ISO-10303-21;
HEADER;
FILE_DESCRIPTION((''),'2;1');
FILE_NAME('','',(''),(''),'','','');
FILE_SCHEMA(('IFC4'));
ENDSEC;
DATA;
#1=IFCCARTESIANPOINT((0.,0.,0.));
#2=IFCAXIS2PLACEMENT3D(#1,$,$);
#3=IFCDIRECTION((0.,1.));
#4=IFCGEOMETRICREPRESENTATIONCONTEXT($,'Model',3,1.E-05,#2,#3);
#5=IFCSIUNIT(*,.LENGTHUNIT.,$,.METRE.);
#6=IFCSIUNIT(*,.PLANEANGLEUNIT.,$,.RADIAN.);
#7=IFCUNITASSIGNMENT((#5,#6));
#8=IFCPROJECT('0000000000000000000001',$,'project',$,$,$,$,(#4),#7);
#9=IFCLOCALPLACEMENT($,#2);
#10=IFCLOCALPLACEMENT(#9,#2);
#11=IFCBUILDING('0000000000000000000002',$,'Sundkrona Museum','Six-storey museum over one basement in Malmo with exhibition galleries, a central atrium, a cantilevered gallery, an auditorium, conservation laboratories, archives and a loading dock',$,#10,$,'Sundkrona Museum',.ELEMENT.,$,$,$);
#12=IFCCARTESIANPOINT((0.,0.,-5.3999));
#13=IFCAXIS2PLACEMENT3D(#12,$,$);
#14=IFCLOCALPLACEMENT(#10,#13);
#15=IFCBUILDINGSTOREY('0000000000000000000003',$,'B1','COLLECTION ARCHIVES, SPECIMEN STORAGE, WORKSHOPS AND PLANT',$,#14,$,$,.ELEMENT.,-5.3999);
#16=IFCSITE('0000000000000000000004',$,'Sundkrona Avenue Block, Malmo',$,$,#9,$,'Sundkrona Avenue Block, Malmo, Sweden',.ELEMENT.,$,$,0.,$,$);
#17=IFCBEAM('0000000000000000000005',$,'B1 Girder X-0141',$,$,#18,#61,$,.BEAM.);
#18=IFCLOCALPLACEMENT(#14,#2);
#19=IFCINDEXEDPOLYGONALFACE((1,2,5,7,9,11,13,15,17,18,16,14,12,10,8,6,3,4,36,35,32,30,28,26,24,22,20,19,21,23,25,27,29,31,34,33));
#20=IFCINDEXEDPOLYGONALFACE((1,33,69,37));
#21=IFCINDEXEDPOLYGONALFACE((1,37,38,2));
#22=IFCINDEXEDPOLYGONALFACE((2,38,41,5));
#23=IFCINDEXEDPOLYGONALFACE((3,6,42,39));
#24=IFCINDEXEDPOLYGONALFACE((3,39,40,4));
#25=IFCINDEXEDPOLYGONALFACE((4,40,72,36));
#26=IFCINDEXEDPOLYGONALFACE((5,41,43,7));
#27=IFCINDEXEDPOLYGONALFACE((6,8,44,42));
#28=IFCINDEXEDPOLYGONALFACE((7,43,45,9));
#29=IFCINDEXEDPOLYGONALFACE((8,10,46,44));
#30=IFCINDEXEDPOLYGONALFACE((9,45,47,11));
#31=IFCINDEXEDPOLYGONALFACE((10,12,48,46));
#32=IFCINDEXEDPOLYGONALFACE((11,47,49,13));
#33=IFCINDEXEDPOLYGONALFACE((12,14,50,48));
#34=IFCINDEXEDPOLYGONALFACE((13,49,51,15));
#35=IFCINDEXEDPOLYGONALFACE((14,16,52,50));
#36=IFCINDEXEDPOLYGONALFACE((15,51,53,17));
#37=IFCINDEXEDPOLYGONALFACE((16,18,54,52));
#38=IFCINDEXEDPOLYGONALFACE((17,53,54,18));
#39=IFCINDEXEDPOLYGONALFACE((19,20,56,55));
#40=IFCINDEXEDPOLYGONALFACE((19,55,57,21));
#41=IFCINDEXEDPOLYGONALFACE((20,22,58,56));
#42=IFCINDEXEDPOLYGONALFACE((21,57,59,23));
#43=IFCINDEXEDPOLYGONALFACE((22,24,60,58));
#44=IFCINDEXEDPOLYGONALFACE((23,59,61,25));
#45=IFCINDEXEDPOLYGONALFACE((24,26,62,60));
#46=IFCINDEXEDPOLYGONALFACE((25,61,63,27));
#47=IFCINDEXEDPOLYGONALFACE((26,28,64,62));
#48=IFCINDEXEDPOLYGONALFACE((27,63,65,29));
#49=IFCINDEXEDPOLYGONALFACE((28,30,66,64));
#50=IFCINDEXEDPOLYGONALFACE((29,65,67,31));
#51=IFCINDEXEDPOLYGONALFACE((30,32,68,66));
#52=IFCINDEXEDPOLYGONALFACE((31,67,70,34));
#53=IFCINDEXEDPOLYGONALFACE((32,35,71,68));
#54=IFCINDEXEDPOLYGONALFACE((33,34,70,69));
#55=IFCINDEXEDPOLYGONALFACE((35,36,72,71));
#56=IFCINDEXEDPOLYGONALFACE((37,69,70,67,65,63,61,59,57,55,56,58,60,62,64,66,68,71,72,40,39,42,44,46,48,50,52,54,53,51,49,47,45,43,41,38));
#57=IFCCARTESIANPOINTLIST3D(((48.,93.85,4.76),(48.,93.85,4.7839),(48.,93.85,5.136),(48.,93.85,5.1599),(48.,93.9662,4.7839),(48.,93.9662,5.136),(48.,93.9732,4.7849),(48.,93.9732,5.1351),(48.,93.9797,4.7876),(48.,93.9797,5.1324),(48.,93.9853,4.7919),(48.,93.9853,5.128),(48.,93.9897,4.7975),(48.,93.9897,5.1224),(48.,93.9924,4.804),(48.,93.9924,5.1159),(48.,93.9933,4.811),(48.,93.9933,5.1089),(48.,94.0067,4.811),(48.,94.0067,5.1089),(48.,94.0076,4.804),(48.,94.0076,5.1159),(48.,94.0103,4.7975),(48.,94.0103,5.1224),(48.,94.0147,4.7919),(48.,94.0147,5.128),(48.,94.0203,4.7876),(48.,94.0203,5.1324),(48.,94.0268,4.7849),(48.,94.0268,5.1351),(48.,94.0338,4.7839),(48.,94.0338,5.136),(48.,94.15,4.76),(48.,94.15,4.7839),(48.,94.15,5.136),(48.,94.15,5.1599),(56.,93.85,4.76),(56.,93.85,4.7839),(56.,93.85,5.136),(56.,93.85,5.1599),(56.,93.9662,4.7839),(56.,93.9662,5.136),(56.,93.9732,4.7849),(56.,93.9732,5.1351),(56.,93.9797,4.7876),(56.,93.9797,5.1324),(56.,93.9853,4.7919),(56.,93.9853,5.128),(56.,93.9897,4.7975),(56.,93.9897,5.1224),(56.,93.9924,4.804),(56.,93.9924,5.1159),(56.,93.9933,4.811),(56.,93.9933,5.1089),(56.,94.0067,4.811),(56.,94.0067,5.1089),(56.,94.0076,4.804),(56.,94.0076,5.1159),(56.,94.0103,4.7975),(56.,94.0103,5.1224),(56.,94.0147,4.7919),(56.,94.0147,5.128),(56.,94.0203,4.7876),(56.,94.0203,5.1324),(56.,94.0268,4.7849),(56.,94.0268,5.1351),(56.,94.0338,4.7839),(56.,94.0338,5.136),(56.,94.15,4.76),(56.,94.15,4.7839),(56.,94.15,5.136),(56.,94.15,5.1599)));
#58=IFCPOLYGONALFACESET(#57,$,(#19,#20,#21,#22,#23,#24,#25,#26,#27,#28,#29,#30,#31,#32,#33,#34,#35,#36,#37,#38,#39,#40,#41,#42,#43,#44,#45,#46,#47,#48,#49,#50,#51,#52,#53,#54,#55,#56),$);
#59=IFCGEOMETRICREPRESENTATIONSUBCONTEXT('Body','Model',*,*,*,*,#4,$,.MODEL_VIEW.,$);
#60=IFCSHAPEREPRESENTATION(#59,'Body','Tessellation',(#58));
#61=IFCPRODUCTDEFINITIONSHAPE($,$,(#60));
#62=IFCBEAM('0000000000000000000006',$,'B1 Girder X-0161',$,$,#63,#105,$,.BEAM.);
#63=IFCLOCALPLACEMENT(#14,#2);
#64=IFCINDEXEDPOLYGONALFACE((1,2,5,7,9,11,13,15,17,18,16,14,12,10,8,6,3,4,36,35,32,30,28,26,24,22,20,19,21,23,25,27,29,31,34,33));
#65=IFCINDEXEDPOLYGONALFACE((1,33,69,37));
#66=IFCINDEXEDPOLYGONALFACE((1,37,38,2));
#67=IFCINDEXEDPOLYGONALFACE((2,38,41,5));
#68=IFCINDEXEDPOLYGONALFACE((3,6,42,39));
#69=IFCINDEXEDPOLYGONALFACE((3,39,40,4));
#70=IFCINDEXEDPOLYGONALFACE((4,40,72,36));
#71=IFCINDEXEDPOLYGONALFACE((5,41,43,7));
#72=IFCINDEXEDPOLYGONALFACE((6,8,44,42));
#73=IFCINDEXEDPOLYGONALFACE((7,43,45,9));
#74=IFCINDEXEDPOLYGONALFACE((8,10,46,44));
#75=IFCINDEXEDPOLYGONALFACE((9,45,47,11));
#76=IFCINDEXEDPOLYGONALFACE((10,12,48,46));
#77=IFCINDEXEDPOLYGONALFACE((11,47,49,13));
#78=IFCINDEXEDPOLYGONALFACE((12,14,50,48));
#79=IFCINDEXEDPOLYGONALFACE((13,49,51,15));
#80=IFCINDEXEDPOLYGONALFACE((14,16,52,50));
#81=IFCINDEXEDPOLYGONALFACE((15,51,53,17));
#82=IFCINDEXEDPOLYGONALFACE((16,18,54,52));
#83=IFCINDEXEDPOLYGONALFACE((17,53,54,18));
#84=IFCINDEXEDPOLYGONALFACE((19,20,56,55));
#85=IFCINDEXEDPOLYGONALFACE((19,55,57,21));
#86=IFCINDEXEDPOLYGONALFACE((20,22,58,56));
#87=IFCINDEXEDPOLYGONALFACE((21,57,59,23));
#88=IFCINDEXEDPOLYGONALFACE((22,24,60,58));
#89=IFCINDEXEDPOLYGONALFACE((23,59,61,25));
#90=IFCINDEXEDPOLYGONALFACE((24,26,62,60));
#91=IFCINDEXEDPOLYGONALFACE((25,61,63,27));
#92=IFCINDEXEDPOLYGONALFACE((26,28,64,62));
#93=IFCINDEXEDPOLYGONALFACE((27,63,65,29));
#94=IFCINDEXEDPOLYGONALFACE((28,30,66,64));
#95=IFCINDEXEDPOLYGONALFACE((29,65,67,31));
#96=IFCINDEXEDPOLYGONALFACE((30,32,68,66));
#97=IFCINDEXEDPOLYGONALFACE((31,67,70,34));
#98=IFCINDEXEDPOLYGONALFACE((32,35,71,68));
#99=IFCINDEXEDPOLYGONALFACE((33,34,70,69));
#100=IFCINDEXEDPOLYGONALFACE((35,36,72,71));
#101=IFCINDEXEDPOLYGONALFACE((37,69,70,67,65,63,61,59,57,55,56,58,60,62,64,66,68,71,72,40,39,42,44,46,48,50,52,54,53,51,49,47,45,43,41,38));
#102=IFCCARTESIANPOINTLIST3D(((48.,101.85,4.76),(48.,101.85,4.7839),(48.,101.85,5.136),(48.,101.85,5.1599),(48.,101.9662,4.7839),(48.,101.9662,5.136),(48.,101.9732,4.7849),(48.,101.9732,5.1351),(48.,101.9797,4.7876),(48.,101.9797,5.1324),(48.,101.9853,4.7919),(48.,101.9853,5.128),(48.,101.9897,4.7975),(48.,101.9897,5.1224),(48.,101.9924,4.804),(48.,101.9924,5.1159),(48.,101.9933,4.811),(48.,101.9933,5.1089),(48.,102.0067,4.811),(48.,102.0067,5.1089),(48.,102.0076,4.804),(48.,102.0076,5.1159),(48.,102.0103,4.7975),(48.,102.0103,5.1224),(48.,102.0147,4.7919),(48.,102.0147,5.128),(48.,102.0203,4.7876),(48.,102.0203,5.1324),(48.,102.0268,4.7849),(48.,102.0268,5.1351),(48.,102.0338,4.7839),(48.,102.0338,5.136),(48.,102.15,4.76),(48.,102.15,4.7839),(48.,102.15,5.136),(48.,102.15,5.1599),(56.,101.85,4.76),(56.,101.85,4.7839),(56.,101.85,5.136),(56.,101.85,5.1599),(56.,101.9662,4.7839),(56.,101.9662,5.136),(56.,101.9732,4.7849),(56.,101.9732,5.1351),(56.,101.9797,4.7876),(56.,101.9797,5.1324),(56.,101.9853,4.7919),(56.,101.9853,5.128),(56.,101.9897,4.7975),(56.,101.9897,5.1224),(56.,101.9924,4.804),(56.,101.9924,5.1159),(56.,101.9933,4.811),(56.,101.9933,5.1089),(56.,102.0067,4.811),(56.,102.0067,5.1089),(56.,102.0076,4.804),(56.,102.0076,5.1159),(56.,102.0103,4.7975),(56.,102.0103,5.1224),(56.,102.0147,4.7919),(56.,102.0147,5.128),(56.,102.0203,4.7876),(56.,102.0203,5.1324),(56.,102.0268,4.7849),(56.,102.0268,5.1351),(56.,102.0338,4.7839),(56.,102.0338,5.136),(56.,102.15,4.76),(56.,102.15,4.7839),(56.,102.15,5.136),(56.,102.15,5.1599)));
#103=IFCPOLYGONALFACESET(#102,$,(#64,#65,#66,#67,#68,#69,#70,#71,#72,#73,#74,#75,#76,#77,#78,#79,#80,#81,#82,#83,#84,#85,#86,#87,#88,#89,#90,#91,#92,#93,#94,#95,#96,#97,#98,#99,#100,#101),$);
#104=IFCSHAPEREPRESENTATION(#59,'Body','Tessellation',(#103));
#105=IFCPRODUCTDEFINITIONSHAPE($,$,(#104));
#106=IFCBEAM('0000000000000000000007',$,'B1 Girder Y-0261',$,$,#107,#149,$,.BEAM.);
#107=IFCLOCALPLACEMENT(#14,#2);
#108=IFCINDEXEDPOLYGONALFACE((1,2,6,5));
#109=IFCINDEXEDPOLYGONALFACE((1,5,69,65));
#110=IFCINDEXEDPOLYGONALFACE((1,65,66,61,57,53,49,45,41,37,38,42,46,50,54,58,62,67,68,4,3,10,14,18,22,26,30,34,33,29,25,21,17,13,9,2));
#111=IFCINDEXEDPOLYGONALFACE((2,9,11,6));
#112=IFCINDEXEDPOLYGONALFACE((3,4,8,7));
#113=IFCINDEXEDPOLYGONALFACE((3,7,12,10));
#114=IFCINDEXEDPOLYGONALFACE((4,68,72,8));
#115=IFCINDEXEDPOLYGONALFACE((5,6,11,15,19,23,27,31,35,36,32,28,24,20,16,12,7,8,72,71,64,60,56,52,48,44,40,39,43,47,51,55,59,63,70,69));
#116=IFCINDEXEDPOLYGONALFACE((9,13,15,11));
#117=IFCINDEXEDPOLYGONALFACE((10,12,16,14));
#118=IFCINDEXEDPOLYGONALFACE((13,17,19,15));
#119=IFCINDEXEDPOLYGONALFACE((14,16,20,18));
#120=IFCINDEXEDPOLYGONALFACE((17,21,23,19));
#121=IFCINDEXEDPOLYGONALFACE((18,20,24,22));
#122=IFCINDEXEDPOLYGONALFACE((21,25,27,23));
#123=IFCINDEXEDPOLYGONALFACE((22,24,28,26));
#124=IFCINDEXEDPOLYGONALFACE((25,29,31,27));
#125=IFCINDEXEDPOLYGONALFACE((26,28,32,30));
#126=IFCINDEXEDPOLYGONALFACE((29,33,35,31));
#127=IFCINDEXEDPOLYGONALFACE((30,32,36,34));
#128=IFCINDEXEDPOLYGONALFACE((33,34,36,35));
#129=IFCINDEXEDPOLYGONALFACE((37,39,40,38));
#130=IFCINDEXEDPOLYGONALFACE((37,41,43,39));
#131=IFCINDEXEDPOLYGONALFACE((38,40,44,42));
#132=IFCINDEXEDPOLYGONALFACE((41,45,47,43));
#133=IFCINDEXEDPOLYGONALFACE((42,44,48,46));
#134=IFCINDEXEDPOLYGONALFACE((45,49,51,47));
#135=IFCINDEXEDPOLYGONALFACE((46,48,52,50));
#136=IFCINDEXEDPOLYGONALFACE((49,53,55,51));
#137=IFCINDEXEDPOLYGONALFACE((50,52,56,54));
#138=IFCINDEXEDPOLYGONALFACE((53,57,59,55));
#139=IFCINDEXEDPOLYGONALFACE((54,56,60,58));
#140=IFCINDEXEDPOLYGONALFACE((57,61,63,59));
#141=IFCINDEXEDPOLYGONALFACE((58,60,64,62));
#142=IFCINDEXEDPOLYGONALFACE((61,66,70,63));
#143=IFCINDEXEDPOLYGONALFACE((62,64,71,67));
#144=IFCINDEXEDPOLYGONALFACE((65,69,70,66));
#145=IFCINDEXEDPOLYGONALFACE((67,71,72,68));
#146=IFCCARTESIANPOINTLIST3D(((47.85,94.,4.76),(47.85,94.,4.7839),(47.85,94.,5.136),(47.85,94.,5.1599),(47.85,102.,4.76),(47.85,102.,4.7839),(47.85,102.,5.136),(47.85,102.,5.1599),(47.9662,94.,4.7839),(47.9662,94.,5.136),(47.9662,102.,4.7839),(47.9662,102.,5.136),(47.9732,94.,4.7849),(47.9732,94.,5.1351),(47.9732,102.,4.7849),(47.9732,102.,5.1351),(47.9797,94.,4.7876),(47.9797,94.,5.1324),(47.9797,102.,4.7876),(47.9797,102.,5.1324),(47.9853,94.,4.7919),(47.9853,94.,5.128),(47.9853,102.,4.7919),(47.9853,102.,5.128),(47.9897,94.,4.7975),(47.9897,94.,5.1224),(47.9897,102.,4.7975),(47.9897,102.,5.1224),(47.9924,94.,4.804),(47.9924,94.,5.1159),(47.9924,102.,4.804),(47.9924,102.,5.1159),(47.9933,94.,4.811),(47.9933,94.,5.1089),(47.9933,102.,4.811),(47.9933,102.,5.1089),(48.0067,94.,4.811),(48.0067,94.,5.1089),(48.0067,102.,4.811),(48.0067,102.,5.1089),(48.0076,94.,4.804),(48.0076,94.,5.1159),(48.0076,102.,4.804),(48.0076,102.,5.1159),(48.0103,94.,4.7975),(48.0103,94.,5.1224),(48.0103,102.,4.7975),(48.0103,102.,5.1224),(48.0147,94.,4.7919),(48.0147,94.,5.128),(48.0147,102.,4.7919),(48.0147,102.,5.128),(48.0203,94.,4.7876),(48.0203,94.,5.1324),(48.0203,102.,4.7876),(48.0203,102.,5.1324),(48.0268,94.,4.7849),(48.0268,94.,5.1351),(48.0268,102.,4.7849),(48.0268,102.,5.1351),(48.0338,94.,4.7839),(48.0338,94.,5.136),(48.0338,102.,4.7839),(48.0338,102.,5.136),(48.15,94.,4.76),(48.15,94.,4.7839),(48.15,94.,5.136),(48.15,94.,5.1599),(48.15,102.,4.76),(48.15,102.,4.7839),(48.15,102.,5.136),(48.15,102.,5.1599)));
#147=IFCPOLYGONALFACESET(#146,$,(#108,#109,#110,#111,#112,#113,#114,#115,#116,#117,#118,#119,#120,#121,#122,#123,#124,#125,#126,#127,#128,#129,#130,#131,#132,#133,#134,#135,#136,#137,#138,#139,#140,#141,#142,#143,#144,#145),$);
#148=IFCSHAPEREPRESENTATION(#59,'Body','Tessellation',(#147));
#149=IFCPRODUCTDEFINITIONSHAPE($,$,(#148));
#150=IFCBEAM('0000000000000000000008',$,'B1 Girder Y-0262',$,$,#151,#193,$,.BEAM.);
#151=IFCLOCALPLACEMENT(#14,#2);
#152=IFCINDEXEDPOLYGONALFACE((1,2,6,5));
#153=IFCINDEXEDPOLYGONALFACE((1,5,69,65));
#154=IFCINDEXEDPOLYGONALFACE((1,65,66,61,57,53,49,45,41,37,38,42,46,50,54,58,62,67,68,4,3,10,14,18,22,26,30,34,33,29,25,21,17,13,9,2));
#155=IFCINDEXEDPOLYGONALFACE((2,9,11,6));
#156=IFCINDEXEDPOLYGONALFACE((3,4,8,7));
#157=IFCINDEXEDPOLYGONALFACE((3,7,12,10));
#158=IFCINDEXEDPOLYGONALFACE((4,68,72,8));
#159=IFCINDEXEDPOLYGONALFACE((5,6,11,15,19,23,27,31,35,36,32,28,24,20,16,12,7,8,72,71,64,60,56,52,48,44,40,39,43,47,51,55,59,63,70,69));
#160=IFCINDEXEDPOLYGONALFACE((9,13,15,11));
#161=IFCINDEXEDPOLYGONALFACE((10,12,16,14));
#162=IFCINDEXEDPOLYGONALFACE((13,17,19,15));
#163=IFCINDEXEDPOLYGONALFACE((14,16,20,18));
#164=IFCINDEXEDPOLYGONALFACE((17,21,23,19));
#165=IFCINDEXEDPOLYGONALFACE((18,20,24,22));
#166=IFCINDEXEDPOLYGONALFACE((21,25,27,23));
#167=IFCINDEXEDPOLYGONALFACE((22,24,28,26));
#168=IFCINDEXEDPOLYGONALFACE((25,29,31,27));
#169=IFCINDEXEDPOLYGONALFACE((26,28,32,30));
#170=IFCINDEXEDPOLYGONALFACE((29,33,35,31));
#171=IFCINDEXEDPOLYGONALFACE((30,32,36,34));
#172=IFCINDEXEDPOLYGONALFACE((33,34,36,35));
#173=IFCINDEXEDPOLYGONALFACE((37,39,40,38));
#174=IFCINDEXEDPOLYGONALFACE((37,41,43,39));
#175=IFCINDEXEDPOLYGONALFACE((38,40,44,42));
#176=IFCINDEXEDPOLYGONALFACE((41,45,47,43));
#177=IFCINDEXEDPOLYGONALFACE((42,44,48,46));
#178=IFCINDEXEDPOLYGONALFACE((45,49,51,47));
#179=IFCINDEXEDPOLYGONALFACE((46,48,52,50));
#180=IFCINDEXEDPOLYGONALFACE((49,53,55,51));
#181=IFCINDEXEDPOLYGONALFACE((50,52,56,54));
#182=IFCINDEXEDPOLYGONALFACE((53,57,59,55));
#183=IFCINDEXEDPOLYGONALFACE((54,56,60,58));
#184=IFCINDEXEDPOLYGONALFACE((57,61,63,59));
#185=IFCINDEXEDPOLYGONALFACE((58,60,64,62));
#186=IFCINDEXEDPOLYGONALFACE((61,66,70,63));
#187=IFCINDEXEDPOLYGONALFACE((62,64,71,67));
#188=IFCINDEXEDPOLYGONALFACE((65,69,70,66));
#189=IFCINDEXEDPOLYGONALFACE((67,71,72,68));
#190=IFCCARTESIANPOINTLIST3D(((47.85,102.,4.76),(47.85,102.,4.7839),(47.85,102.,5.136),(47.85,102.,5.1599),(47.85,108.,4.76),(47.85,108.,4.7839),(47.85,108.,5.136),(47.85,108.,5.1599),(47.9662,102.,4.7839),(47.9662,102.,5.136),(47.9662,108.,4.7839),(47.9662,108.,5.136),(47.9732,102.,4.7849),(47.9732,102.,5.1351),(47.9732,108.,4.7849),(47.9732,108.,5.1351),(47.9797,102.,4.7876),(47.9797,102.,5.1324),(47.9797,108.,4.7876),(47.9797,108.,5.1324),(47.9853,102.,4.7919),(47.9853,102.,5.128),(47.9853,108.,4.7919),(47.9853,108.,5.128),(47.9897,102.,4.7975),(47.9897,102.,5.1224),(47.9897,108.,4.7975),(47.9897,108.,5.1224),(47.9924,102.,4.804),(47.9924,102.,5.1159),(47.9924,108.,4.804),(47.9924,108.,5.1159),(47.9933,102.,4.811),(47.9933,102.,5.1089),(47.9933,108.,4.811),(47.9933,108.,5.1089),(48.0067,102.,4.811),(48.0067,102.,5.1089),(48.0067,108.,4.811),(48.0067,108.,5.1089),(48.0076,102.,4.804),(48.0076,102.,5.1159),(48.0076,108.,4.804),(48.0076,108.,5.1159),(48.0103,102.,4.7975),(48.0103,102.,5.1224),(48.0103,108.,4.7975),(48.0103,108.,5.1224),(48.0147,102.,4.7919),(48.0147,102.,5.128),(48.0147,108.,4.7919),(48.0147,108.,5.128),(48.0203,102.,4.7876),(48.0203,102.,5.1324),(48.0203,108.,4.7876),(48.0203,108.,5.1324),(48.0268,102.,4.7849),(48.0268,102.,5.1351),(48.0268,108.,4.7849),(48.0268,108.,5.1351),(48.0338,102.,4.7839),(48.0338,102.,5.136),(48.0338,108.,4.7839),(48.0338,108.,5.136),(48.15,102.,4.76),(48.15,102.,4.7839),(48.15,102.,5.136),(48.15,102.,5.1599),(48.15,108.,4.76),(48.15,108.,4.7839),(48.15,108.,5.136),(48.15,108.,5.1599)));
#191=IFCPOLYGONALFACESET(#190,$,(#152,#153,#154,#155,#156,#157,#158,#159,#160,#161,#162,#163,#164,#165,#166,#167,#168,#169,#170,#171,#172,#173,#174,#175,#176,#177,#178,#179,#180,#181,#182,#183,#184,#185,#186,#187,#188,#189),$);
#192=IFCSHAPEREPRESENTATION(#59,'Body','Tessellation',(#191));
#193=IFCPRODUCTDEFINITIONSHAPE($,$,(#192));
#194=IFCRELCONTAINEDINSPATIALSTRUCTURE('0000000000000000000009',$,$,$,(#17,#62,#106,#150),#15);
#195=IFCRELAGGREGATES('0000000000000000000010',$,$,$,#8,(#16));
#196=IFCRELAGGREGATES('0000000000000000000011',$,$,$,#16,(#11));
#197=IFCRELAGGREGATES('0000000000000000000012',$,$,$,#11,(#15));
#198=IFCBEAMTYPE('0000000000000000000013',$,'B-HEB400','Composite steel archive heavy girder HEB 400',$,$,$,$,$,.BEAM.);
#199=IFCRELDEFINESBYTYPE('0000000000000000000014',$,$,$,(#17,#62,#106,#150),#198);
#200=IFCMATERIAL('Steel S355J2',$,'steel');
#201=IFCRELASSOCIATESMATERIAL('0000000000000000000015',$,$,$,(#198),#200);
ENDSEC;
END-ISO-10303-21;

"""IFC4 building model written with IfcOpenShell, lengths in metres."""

from ifc_helpers import new_model, si_unit, direction, frame, origin, origin_2d, place, context, subcontext, project, spatial, i_section, extrude, material, material_profile, profile_set, type_object, element, save


model = new_model("IFC4")

# Units and contexts
model_context = context("Model", 3, precision=1e-05, world=origin(), true_north=direction((0.0, 1.0)))
body_context = subcontext(model_context, "Body", "Model", "MODEL_VIEW")
ifc_project = project(units=[si_unit("LENGTHUNIT", "METRE"), si_unit("PLANEANGLEUNIT", "RADIAN")], contexts=[model_context])

# Site, building, storey
site_placement = place(None, origin())
site = spatial("IfcSite", under=ifc_project, at=site_placement, Name="Sundkrona Avenue Block, Malmo", LongName="Sundkrona Avenue Block, Malmo, Sweden", CompositionType="ELEMENT", RefElevation=0.0)
building_placement = place(site_placement, origin())
building = spatial("IfcBuilding", under=site, at=building_placement, Name="Sundkrona Museum", Description="Six-storey museum over one basement in Malmo with exhibition galleries, a central atrium, a cantilevered gallery, an auditorium, conservation laboratories, archives and a loading dock", LongName="Sundkrona Museum", CompositionType="ELEMENT")
storey_placement = place(building_placement, frame((0.0, 0.0, -5.3999)))
storey = spatial("IfcBuildingStorey", under=building, at=storey_placement, Name="B1", Description="COLLECTION ARCHIVES, SPECIMEN STORAGE, WORKSHOPS AND PLANT", CompositionType="ELEMENT", Elevation=-5.3999)

# Beams
ifc_material_1 = material(Name="Steel S355J2", Category="steel")
ifc_material_profile_1 = material_profile(ifc_material_1, i_section(OverallWidth=0.3, OverallDepth=0.3999, WebThickness=0.0134, FlangeThickness=0.0239, FilletRadius=0.0271, at=origin_2d()), Name="HEB 400")
ifc_profile_set_1 = profile_set([ifc_material_profile_1], Name="Steel S355J2")
beam_type_1 = type_object("IfcBeamType", Name="B-HEB400", Description="Composite steel archive heavy girder HEB 400", PredefinedType="BEAM", material=ifc_profile_set_1)
for number, where, z_axis, x_axis, name in (
    (1, (48.0, 94.0, 4.96), (1.0, 0.0, 0.0), (0.0, 1.0, 0.0), "B1 Girder X-0141"),
    (2, (48.0, 102.0, 4.96), (1.0, 0.0, 0.0), (0.0, 1.0, 0.0), "B1 Girder X-0161"),
    (3, (48.0, 94.0, 4.96), (0.0, 1.0, 0.0), (-1.0, 0.0, 0.0), "B1 Girder Y-0261"),
):
    element("IfcBeam", number, at=place(storey_placement, frame(where, z_axis=z_axis, x_axis=x_axis)), inside=storey, type_object=beam_type_1, Name=name, PredefinedType="BEAM", context=body_context, shape_type="SweptSolid", body=[
        extrude(i_section(OverallWidth=0.3, OverallDepth=0.3999, WebThickness=0.0134, FlangeThickness=0.0239, FilletRadius=0.0271, at=origin_2d()), origin(), (0.0, 0.0, 1.0), 8.0),
    ])
beam_1_placement = place(storey_placement, frame((48.0, 102.0, 4.96), z_axis=(0.0, 1.0, 0.0), x_axis=(-1.0, 0.0, 0.0)))
element("IfcBeam", 4, at=beam_1_placement, inside=storey, type_object=beam_type_1, Name="B1 Girder Y-0262", PredefinedType="BEAM", context=body_context, shape_type="SweptSolid", body=[
    extrude(i_section(OverallWidth=0.3, OverallDepth=0.3999, WebThickness=0.0134, FlangeThickness=0.0239, FilletRadius=0.0271, at=origin_2d()), origin(), (0.0, 0.0, 1.0), 6.0),
])

save(model, "model.ifc")
